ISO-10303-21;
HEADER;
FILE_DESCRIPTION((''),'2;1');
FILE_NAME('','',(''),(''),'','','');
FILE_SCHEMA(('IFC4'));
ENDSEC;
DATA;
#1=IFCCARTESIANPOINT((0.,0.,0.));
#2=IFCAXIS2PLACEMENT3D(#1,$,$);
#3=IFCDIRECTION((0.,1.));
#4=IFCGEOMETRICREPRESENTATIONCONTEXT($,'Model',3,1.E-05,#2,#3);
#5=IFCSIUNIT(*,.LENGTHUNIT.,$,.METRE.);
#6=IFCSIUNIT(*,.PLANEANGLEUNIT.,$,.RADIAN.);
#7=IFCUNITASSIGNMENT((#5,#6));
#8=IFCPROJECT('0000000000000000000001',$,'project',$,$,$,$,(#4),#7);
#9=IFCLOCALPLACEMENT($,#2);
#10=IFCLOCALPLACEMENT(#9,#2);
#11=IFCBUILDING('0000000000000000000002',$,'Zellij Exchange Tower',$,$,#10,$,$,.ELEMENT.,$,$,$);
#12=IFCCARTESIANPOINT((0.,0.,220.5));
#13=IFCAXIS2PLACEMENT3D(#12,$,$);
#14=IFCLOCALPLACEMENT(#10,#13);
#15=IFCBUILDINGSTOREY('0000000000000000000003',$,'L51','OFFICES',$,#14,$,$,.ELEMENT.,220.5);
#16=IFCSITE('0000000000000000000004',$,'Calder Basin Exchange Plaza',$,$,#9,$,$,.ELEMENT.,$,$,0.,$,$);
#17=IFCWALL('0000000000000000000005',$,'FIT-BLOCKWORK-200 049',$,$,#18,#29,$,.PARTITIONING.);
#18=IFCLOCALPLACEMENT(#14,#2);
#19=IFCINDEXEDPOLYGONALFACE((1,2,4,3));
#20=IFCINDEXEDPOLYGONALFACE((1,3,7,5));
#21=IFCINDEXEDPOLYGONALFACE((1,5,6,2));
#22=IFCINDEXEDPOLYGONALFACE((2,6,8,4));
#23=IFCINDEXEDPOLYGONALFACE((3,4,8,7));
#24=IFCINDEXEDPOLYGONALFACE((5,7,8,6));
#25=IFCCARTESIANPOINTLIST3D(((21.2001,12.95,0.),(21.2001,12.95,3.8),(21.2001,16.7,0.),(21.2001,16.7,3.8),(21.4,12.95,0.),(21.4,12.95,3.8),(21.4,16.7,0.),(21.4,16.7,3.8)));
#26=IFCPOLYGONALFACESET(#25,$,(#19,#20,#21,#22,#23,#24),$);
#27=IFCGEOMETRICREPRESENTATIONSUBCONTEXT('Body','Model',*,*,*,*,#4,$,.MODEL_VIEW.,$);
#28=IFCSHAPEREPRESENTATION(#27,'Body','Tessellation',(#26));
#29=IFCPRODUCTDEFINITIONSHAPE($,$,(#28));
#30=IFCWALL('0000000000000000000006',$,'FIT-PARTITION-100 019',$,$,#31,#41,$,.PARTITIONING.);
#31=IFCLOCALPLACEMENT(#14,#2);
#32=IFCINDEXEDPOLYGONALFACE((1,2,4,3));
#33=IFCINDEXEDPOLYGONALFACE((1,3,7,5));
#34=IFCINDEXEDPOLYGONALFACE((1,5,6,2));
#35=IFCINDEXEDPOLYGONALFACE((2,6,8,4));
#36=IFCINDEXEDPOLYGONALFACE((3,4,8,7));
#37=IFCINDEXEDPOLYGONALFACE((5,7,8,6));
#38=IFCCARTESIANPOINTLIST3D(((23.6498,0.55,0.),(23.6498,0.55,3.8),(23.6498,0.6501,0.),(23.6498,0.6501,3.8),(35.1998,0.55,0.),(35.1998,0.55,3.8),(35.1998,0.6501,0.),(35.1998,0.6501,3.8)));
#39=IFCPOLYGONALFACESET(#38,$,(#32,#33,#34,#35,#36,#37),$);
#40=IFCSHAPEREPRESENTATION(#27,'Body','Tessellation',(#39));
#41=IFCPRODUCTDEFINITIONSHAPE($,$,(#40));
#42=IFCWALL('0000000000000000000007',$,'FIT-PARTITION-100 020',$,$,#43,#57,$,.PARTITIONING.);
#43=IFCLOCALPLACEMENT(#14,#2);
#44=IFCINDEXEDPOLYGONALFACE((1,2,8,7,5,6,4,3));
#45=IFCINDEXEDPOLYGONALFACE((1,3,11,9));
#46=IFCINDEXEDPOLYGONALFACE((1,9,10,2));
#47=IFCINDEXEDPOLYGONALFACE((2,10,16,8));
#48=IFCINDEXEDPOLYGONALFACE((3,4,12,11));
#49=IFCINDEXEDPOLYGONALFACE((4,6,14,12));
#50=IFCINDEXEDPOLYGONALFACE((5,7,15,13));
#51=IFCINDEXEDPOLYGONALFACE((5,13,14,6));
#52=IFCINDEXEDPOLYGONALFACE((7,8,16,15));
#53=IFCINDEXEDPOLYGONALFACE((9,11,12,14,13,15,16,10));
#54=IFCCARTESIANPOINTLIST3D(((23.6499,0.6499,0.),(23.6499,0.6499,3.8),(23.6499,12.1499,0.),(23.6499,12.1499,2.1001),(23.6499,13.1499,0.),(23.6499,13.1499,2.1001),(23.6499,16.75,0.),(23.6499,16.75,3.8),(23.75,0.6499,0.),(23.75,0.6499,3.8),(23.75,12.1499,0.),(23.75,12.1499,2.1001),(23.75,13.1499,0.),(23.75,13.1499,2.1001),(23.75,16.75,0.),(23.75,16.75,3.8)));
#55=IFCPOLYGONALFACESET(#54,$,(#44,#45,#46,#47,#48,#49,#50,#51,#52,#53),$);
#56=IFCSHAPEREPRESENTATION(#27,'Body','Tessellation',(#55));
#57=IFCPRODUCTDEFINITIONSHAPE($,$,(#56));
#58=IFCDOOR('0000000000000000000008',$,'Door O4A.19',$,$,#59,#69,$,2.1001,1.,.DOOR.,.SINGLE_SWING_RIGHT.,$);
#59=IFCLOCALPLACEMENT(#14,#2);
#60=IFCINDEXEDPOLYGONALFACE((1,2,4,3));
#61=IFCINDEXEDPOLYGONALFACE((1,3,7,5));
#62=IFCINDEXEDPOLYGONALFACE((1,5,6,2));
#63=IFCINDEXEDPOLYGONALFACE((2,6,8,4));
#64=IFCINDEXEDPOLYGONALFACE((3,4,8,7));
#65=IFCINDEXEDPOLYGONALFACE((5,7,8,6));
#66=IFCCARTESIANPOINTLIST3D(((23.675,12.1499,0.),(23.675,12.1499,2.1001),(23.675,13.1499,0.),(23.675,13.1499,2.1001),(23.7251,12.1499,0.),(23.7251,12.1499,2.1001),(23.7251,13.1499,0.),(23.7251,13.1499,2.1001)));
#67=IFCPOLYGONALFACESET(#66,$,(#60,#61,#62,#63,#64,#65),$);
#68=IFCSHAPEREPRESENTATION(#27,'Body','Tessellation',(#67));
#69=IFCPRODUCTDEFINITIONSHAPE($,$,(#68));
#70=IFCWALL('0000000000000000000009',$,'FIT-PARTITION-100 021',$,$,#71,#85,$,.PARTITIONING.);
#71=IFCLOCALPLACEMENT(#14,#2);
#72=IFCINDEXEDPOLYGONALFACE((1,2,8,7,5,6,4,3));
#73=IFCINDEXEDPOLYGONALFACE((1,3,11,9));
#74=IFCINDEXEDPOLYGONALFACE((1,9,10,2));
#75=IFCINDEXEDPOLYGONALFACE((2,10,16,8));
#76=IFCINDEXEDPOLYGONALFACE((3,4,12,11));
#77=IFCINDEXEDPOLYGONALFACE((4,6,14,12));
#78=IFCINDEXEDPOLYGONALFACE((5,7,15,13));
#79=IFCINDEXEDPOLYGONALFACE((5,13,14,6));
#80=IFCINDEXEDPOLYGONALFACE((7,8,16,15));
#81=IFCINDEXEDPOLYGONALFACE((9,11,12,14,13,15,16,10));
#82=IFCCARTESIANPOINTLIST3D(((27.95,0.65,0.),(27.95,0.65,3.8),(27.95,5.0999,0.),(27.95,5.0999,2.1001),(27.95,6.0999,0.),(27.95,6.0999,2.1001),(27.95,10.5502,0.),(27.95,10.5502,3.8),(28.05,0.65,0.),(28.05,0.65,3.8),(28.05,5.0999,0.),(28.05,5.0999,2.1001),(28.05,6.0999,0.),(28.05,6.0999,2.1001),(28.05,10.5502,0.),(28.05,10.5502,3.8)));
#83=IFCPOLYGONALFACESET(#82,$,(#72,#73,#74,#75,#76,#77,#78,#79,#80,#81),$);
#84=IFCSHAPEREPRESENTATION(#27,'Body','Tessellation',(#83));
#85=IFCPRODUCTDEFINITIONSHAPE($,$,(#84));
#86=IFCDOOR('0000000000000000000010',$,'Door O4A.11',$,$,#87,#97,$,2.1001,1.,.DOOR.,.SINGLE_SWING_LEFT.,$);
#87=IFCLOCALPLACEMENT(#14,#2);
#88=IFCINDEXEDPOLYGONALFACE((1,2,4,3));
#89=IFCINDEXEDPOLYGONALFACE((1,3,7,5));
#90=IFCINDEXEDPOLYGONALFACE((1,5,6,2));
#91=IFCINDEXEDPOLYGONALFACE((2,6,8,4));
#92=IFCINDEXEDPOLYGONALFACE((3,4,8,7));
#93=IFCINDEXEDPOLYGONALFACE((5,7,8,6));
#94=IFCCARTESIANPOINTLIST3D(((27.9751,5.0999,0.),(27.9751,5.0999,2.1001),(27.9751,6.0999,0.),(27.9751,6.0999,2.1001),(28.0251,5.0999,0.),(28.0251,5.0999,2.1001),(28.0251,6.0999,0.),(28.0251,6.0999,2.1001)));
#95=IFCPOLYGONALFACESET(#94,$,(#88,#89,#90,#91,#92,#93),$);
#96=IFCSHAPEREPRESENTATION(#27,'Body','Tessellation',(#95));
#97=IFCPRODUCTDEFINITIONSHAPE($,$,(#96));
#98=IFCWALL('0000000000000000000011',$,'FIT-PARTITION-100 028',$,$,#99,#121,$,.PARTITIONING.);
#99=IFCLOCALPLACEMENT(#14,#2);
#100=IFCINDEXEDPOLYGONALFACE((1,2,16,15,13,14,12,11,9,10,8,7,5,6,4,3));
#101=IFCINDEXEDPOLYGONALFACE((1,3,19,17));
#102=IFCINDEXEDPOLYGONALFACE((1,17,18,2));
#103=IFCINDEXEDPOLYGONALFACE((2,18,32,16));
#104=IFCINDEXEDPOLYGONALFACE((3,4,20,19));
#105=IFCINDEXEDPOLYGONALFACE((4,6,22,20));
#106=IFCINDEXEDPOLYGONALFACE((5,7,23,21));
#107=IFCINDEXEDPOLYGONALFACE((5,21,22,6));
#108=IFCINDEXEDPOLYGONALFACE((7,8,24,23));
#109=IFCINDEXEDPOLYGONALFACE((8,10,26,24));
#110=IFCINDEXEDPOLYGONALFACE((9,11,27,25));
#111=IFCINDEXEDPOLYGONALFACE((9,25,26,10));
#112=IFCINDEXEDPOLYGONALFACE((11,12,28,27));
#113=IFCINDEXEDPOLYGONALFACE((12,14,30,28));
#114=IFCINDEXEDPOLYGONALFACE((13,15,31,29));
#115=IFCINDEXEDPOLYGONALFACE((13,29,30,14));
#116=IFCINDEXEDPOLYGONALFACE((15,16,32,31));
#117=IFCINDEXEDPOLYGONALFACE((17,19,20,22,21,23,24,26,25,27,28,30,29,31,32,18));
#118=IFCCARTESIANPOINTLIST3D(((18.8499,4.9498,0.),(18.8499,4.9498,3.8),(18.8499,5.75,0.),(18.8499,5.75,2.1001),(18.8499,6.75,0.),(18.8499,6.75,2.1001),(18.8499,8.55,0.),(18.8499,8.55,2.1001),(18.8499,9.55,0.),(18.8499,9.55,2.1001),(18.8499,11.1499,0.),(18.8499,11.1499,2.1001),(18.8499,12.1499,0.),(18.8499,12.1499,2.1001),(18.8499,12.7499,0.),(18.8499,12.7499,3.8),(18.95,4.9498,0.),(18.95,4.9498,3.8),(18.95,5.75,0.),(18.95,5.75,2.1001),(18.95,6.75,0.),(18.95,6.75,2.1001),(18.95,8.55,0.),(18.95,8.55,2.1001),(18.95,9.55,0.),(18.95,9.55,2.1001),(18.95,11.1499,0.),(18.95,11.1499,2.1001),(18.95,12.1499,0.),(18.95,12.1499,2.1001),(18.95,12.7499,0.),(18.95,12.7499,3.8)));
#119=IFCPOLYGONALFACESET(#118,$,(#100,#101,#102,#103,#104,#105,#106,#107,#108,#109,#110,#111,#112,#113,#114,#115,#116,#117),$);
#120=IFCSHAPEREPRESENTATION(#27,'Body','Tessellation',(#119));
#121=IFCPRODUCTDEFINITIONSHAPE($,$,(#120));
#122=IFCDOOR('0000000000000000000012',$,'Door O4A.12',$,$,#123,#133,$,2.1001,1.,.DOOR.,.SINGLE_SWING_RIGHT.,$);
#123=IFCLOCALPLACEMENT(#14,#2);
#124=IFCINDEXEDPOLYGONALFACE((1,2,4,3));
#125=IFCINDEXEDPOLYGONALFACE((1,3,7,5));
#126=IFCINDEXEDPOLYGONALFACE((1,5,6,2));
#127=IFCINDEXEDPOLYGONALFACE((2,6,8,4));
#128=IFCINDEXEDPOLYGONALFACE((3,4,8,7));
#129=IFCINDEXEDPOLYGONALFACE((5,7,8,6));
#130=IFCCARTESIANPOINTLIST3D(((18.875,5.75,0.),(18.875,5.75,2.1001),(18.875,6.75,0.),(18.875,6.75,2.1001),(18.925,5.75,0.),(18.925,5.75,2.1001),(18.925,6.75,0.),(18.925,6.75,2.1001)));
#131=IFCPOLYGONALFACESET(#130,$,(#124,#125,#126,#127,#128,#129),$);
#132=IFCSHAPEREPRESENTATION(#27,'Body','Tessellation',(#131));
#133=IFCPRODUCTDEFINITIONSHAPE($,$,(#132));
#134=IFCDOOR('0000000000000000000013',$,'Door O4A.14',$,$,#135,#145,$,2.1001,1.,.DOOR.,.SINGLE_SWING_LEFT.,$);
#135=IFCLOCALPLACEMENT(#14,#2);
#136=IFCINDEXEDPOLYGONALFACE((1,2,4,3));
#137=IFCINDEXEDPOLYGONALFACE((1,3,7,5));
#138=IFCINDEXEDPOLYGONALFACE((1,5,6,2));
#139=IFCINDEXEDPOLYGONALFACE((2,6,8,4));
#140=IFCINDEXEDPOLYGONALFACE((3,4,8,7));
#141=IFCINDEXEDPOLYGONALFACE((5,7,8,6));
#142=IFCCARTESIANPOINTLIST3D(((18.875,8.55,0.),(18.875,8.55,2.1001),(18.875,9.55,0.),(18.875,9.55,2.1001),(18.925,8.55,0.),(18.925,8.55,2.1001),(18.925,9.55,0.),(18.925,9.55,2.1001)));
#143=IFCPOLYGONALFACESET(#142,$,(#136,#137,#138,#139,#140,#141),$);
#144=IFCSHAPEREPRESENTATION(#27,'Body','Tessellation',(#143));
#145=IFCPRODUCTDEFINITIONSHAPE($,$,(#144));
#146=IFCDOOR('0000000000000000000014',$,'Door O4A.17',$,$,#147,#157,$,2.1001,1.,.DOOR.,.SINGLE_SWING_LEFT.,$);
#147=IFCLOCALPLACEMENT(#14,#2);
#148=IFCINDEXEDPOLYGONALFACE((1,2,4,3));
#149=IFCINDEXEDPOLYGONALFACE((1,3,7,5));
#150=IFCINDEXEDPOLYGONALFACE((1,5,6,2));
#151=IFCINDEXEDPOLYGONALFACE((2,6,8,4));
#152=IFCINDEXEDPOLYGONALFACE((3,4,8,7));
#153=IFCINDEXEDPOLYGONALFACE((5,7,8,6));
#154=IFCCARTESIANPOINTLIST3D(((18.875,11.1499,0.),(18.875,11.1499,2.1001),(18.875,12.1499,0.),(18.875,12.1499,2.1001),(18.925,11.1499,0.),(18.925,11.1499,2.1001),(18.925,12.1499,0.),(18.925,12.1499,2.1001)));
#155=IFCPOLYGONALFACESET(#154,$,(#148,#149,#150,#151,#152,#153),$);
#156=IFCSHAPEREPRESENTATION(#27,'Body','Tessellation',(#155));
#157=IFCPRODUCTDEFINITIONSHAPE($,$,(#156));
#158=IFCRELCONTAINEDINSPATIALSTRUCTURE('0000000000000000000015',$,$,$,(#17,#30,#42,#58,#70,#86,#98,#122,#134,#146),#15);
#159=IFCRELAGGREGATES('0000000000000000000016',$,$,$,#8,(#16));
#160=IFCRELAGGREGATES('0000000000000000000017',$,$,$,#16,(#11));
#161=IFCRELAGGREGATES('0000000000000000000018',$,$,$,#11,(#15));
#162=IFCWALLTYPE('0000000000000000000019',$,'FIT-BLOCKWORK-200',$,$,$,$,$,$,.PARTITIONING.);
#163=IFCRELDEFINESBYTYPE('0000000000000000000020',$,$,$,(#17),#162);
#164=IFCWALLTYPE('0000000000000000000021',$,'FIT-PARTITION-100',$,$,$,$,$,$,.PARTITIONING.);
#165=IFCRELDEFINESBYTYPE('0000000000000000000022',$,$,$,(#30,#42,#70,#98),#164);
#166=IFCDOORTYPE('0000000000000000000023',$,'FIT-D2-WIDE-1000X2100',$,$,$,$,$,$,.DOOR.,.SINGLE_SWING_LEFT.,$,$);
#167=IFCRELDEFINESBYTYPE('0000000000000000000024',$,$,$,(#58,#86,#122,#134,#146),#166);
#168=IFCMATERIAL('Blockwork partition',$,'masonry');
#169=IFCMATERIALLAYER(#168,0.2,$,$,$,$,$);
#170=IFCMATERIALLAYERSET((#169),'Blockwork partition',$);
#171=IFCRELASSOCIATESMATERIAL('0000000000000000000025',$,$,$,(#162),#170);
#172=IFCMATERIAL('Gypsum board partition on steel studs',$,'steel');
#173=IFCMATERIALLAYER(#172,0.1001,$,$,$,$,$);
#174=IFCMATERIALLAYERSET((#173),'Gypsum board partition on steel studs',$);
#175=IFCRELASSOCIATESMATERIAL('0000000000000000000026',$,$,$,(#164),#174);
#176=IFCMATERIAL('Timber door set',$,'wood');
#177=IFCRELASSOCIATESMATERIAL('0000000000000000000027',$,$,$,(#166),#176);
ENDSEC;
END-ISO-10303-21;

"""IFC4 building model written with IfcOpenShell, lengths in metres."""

from ifc_helpers import new_model, si_unit, direction, frame, frame_2d, origin, place, context, subcontext, project, spatial, rectangle, extrude, material, layer, layer_set, type_object, element, fill, save


model = new_model("IFC4")

# Units and contexts
model_context = context("Model", 3, precision=1e-05, world=origin(), true_north=direction((0.0, 1.0)))
body_context = subcontext(model_context, "Body", "Model", "MODEL_VIEW")
ifc_project = project(units=[si_unit("LENGTHUNIT", "METRE"), si_unit("PLANEANGLEUNIT", "RADIAN")], contexts=[model_context])

# Site, building, storey
site_placement = place(None, origin())
site = spatial("IfcSite", under=ifc_project, at=site_placement, Name="Calder Basin Exchange Plaza", CompositionType="ELEMENT", RefElevation=0.0)
building_placement = place(site_placement, origin())
building = spatial("IfcBuilding", under=site, at=building_placement, Name="Zellij Exchange Tower", CompositionType="ELEMENT")
storey_placement = place(building_placement, frame((0.0, 0.0, 220.5)))
storey = spatial("IfcBuildingStorey", under=building, at=storey_placement, Name="L51", Description="OFFICES", CompositionType="ELEMENT", Elevation=220.5)

# Walls
ifc_material_1 = material(Name="Blockwork partition", Category="masonry")
ifc_layer_1 = layer(ifc_material_1, 0.2)
ifc_layer_set_1 = layer_set([ifc_layer_1], Name="Blockwork partition")
wall_type_1 = type_object("IfcWallType", Name="FIT-BLOCKWORK-200", PredefinedType="PARTITIONING", material=ifc_layer_set_1)
wall_1_placement = place(storey_placement, frame((21.3, 12.95, 0.0), z_axis=(0.0, 0.0, 1.0), x_axis=(0.0, 1.0, 0.0)))
element("IfcWall", 1, at=wall_1_placement, inside=storey, type_object=wall_type_1, Name="FIT-BLOCKWORK-200 049", PredefinedType="PARTITIONING", context=body_context, shape_type="SweptSolid", body=[
    extrude(rectangle(XDim=3.75, YDim=0.2, at=frame_2d((1.875, 0.0))), origin(), (0.0, 0.0, 1.0), 3.8),
])
ifc_material_2 = material(Name="Gypsum board partition on steel studs", Category="steel")
ifc_layer_2 = layer(ifc_material_2, 0.1001)
ifc_layer_set_2 = layer_set([ifc_layer_2], Name="Gypsum board partition on steel studs")
wall_type_2 = type_object("IfcWallType", Name="FIT-PARTITION-100", PredefinedType="PARTITIONING", material=ifc_layer_set_2)
wall_2_placement = place(storey_placement, frame((23.6499, 0.6001, 0.0), z_axis=(0.0, 0.0, 1.0), x_axis=(1.0, 0.0, 0.0)))
element("IfcWall", 2, at=wall_2_placement, inside=storey, type_object=wall_type_2, Name="FIT-PARTITION-100 019", PredefinedType="PARTITIONING", context=body_context, shape_type="SweptSolid", body=[
    extrude(rectangle(XDim=11.55, YDim=0.1001, at=frame_2d((5.7749, 0.0))), origin(), (0.0, 0.0, 1.0), 3.8),
])

# Walls, openings, doors
wall_3_placement = place(storey_placement, frame((23.7, 0.6499, 0.0), z_axis=(0.0, 0.0, 1.0), x_axis=(0.0, 1.0, 0.0)))
wall_3 = element("IfcWall", 3, at=wall_3_placement, inside=storey, type_object=wall_type_2, Name="FIT-PARTITION-100 020", PredefinedType="PARTITIONING", context=body_context, shape_type="SweptSolid", body=[
    extrude(rectangle(XDim=16.1001, YDim=0.1001, at=frame_2d((8.05, 0.0))), origin(), (0.0, 0.0, 1.0), 3.8),
])
opening_1_placement = place(wall_3_placement, frame((11.5, 0.0, 0.0)))
opening_1 = element("IfcOpeningElement", 4, at=opening_1_placement, cuts=wall_3, PredefinedType="OPENING", context=body_context, shape_type="SweptSolid", body=[
    extrude(rectangle(XDim=1.0, YDim=2.1001, at=frame_2d((0.5, 1.05))), frame((0.0, 0.062, 0.0), z_axis=(0.0, -1.0, 0.0), x_axis=(1.0, 0.0, 0.0)), (0.0, 0.0, 1.0), 0.124),
])
ifc_material_3 = material(Name="Timber door set", Category="wood")
door_type = type_object("IfcDoorType", Name="FIT-D2-WIDE-1000X2100", OperationType="SINGLE_SWING_LEFT", PredefinedType="DOOR", material=ifc_material_3)
door_1_placement = place(opening_1_placement, origin())
door_1 = element("IfcDoor", 5, at=door_1_placement, inside=storey, type_object=door_type, Name="Door O4A.19", OperationType="SINGLE_SWING_RIGHT", OverallHeight=2.1001, OverallWidth=1.0, PredefinedType="DOOR", context=body_context, shape_type="SweptSolid", body=[
    extrude(rectangle(XDim=1.0, YDim=2.1001, at=frame_2d((0.5, 1.05))), frame((0.0, 0.0249, 0.0), z_axis=(0.0, -1.0, 0.0), x_axis=(1.0, 0.0, 0.0)), (0.0, 0.0, 1.0), 0.05),
])
fill(opening_1, door_1)
wall_4_placement = place(storey_placement, frame((28.0, 0.6499, 0.0), z_axis=(0.0, 0.0, 1.0), x_axis=(0.0, 1.0, 0.0)))
wall_4 = element("IfcWall", 6, at=wall_4_placement, inside=storey, type_object=wall_type_2, Name="FIT-PARTITION-100 021", PredefinedType="PARTITIONING", context=body_context, shape_type="SweptSolid", body=[
    extrude(rectangle(XDim=9.9001, YDim=0.1001, at=frame_2d((4.9502, 0.0))), origin(), (0.0, 0.0, 1.0), 3.8),
])
opening_2_placement = place(wall_4_placement, frame((4.45, 0.0, 0.0)))
opening_2 = element("IfcOpeningElement", 7, at=opening_2_placement, cuts=wall_4, PredefinedType="OPENING", context=body_context, shape_type="SweptSolid", body=[
    extrude(rectangle(XDim=1.0, YDim=2.1001, at=frame_2d((0.5, 1.05))), frame((0.0, 0.062, 0.0), z_axis=(0.0, -1.0, 0.0), x_axis=(1.0, 0.0, 0.0)), (0.0, 0.0, 1.0), 0.124),
])
door_2_placement = place(opening_2_placement, origin())
door_2 = element("IfcDoor", 8, at=door_2_placement, inside=storey, type_object=door_type, Name="Door O4A.11", OperationType="SINGLE_SWING_LEFT", OverallHeight=2.1001, OverallWidth=1.0, PredefinedType="DOOR", context=body_context, shape_type="SweptSolid", body=[
    extrude(rectangle(XDim=1.0, YDim=2.1001, at=frame_2d((0.5, 1.05))), frame((0.0, 0.0249, 0.0), z_axis=(0.0, -1.0, 0.0), x_axis=(1.0, 0.0, 0.0)), (0.0, 0.0, 1.0), 0.05),
])
fill(opening_2, door_2)

# Wall, openings, doors
wall_5_placement = place(storey_placement, frame((18.8999, 4.95, 0.0), z_axis=(0.0, 0.0, 1.0), x_axis=(0.0, 1.0, 0.0)))
wall_5 = element("IfcWall", 9, at=wall_5_placement, inside=storey, type_object=wall_type_2, Name="FIT-PARTITION-100 028", PredefinedType="PARTITIONING", context=body_context, shape_type="SweptSolid", body=[
    extrude(rectangle(XDim=7.8, YDim=0.1001, at=frame_2d((3.8999, 0.0))), origin(), (0.0, 0.0, 1.0), 3.8),
])
opening_3_placement = place(wall_5_placement, frame((0.8, 0.0, 0.0)))
opening_3 = element("IfcOpeningElement", 10, at=opening_3_placement, cuts=wall_5, PredefinedType="OPENING", context=body_context, shape_type="SweptSolid", body=[
    extrude(rectangle(XDim=1.0, YDim=2.1001, at=frame_2d((0.5, 1.05))), frame((0.0, 0.062, 0.0), z_axis=(0.0, -1.0, 0.0), x_axis=(1.0, 0.0, 0.0)), (0.0, 0.0, 1.0), 0.124),
])
opening_4_placement = place(wall_5_placement, frame((3.6001, 0.0, 0.0)))
opening_4 = element("IfcOpeningElement", 11, at=opening_4_placement, cuts=wall_5, PredefinedType="OPENING", context=body_context, shape_type="SweptSolid", body=[
    extrude(rectangle(XDim=1.0, YDim=2.1001, at=frame_2d((0.5, 1.05))), frame((0.0, 0.062, 0.0), z_axis=(0.0, -1.0, 0.0), x_axis=(1.0, 0.0, 0.0)), (0.0, 0.0, 1.0), 0.124),
])
opening_5_placement = place(wall_5_placement, frame((6.2, 0.0, 0.0)))
opening_5 = element("IfcOpeningElement", 12, at=opening_5_placement, cuts=wall_5, PredefinedType="OPENING", context=body_context, shape_type="SweptSolid", body=[
    extrude(rectangle(XDim=1.0, YDim=2.1001, at=frame_2d((0.5, 1.05))), frame((0.0, 0.062, 0.0), z_axis=(0.0, -1.0, 0.0), x_axis=(1.0, 0.0, 0.0)), (0.0, 0.0, 1.0), 0.124),
])
door_3_placement = place(opening_3_placement, origin())
door_3 = element("IfcDoor", 13, at=door_3_placement, inside=storey, type_object=door_type, Name="Door O4A.12", OperationType="SINGLE_SWING_RIGHT", OverallHeight=2.1001, OverallWidth=1.0, PredefinedType="DOOR", context=body_context, shape_type="SweptSolid", body=[
    extrude(rectangle(XDim=1.0, YDim=2.1001, at=frame_2d((0.5, 1.05))), frame((0.0, 0.0249, 0.0), z_axis=(0.0, -1.0, 0.0), x_axis=(1.0, 0.0, 0.0)), (0.0, 0.0, 1.0), 0.05),
])
fill(opening_3, door_3)
door_4_placement = place(opening_4_placement, origin())
door_4 = element("IfcDoor", 14, at=door_4_placement, inside=storey, type_object=door_type, Name="Door O4A.14", OperationType="SINGLE_SWING_LEFT", OverallHeight=2.1001, OverallWidth=1.0, PredefinedType="DOOR", context=body_context, shape_type="SweptSolid", body=[
    extrude(rectangle(XDim=1.0, YDim=2.1001, at=frame_2d((0.5, 1.05))), frame((0.0, 0.0249, 0.0), z_axis=(0.0, -1.0, 0.0), x_axis=(1.0, 0.0, 0.0)), (0.0, 0.0, 1.0), 0.05),
])
fill(opening_4, door_4)
door_5_placement = place(opening_5_placement, origin())
door_5 = element("IfcDoor", 15, at=door_5_placement, inside=storey, type_object=door_type, Name="Door O4A.17", OperationType="SINGLE_SWING_LEFT", OverallHeight=2.1001, OverallWidth=1.0, PredefinedType="DOOR", context=body_context, shape_type="SweptSolid", body=[
    extrude(rectangle(XDim=1.0, YDim=2.1001, at=frame_2d((0.5, 1.05))), frame((0.0, 0.0249, 0.0), z_axis=(0.0, -1.0, 0.0), x_axis=(1.0, 0.0, 0.0)), (0.0, 0.0, 1.0), 0.05),
])
fill(opening_5, door_5)

save(model, "model.ifc")
